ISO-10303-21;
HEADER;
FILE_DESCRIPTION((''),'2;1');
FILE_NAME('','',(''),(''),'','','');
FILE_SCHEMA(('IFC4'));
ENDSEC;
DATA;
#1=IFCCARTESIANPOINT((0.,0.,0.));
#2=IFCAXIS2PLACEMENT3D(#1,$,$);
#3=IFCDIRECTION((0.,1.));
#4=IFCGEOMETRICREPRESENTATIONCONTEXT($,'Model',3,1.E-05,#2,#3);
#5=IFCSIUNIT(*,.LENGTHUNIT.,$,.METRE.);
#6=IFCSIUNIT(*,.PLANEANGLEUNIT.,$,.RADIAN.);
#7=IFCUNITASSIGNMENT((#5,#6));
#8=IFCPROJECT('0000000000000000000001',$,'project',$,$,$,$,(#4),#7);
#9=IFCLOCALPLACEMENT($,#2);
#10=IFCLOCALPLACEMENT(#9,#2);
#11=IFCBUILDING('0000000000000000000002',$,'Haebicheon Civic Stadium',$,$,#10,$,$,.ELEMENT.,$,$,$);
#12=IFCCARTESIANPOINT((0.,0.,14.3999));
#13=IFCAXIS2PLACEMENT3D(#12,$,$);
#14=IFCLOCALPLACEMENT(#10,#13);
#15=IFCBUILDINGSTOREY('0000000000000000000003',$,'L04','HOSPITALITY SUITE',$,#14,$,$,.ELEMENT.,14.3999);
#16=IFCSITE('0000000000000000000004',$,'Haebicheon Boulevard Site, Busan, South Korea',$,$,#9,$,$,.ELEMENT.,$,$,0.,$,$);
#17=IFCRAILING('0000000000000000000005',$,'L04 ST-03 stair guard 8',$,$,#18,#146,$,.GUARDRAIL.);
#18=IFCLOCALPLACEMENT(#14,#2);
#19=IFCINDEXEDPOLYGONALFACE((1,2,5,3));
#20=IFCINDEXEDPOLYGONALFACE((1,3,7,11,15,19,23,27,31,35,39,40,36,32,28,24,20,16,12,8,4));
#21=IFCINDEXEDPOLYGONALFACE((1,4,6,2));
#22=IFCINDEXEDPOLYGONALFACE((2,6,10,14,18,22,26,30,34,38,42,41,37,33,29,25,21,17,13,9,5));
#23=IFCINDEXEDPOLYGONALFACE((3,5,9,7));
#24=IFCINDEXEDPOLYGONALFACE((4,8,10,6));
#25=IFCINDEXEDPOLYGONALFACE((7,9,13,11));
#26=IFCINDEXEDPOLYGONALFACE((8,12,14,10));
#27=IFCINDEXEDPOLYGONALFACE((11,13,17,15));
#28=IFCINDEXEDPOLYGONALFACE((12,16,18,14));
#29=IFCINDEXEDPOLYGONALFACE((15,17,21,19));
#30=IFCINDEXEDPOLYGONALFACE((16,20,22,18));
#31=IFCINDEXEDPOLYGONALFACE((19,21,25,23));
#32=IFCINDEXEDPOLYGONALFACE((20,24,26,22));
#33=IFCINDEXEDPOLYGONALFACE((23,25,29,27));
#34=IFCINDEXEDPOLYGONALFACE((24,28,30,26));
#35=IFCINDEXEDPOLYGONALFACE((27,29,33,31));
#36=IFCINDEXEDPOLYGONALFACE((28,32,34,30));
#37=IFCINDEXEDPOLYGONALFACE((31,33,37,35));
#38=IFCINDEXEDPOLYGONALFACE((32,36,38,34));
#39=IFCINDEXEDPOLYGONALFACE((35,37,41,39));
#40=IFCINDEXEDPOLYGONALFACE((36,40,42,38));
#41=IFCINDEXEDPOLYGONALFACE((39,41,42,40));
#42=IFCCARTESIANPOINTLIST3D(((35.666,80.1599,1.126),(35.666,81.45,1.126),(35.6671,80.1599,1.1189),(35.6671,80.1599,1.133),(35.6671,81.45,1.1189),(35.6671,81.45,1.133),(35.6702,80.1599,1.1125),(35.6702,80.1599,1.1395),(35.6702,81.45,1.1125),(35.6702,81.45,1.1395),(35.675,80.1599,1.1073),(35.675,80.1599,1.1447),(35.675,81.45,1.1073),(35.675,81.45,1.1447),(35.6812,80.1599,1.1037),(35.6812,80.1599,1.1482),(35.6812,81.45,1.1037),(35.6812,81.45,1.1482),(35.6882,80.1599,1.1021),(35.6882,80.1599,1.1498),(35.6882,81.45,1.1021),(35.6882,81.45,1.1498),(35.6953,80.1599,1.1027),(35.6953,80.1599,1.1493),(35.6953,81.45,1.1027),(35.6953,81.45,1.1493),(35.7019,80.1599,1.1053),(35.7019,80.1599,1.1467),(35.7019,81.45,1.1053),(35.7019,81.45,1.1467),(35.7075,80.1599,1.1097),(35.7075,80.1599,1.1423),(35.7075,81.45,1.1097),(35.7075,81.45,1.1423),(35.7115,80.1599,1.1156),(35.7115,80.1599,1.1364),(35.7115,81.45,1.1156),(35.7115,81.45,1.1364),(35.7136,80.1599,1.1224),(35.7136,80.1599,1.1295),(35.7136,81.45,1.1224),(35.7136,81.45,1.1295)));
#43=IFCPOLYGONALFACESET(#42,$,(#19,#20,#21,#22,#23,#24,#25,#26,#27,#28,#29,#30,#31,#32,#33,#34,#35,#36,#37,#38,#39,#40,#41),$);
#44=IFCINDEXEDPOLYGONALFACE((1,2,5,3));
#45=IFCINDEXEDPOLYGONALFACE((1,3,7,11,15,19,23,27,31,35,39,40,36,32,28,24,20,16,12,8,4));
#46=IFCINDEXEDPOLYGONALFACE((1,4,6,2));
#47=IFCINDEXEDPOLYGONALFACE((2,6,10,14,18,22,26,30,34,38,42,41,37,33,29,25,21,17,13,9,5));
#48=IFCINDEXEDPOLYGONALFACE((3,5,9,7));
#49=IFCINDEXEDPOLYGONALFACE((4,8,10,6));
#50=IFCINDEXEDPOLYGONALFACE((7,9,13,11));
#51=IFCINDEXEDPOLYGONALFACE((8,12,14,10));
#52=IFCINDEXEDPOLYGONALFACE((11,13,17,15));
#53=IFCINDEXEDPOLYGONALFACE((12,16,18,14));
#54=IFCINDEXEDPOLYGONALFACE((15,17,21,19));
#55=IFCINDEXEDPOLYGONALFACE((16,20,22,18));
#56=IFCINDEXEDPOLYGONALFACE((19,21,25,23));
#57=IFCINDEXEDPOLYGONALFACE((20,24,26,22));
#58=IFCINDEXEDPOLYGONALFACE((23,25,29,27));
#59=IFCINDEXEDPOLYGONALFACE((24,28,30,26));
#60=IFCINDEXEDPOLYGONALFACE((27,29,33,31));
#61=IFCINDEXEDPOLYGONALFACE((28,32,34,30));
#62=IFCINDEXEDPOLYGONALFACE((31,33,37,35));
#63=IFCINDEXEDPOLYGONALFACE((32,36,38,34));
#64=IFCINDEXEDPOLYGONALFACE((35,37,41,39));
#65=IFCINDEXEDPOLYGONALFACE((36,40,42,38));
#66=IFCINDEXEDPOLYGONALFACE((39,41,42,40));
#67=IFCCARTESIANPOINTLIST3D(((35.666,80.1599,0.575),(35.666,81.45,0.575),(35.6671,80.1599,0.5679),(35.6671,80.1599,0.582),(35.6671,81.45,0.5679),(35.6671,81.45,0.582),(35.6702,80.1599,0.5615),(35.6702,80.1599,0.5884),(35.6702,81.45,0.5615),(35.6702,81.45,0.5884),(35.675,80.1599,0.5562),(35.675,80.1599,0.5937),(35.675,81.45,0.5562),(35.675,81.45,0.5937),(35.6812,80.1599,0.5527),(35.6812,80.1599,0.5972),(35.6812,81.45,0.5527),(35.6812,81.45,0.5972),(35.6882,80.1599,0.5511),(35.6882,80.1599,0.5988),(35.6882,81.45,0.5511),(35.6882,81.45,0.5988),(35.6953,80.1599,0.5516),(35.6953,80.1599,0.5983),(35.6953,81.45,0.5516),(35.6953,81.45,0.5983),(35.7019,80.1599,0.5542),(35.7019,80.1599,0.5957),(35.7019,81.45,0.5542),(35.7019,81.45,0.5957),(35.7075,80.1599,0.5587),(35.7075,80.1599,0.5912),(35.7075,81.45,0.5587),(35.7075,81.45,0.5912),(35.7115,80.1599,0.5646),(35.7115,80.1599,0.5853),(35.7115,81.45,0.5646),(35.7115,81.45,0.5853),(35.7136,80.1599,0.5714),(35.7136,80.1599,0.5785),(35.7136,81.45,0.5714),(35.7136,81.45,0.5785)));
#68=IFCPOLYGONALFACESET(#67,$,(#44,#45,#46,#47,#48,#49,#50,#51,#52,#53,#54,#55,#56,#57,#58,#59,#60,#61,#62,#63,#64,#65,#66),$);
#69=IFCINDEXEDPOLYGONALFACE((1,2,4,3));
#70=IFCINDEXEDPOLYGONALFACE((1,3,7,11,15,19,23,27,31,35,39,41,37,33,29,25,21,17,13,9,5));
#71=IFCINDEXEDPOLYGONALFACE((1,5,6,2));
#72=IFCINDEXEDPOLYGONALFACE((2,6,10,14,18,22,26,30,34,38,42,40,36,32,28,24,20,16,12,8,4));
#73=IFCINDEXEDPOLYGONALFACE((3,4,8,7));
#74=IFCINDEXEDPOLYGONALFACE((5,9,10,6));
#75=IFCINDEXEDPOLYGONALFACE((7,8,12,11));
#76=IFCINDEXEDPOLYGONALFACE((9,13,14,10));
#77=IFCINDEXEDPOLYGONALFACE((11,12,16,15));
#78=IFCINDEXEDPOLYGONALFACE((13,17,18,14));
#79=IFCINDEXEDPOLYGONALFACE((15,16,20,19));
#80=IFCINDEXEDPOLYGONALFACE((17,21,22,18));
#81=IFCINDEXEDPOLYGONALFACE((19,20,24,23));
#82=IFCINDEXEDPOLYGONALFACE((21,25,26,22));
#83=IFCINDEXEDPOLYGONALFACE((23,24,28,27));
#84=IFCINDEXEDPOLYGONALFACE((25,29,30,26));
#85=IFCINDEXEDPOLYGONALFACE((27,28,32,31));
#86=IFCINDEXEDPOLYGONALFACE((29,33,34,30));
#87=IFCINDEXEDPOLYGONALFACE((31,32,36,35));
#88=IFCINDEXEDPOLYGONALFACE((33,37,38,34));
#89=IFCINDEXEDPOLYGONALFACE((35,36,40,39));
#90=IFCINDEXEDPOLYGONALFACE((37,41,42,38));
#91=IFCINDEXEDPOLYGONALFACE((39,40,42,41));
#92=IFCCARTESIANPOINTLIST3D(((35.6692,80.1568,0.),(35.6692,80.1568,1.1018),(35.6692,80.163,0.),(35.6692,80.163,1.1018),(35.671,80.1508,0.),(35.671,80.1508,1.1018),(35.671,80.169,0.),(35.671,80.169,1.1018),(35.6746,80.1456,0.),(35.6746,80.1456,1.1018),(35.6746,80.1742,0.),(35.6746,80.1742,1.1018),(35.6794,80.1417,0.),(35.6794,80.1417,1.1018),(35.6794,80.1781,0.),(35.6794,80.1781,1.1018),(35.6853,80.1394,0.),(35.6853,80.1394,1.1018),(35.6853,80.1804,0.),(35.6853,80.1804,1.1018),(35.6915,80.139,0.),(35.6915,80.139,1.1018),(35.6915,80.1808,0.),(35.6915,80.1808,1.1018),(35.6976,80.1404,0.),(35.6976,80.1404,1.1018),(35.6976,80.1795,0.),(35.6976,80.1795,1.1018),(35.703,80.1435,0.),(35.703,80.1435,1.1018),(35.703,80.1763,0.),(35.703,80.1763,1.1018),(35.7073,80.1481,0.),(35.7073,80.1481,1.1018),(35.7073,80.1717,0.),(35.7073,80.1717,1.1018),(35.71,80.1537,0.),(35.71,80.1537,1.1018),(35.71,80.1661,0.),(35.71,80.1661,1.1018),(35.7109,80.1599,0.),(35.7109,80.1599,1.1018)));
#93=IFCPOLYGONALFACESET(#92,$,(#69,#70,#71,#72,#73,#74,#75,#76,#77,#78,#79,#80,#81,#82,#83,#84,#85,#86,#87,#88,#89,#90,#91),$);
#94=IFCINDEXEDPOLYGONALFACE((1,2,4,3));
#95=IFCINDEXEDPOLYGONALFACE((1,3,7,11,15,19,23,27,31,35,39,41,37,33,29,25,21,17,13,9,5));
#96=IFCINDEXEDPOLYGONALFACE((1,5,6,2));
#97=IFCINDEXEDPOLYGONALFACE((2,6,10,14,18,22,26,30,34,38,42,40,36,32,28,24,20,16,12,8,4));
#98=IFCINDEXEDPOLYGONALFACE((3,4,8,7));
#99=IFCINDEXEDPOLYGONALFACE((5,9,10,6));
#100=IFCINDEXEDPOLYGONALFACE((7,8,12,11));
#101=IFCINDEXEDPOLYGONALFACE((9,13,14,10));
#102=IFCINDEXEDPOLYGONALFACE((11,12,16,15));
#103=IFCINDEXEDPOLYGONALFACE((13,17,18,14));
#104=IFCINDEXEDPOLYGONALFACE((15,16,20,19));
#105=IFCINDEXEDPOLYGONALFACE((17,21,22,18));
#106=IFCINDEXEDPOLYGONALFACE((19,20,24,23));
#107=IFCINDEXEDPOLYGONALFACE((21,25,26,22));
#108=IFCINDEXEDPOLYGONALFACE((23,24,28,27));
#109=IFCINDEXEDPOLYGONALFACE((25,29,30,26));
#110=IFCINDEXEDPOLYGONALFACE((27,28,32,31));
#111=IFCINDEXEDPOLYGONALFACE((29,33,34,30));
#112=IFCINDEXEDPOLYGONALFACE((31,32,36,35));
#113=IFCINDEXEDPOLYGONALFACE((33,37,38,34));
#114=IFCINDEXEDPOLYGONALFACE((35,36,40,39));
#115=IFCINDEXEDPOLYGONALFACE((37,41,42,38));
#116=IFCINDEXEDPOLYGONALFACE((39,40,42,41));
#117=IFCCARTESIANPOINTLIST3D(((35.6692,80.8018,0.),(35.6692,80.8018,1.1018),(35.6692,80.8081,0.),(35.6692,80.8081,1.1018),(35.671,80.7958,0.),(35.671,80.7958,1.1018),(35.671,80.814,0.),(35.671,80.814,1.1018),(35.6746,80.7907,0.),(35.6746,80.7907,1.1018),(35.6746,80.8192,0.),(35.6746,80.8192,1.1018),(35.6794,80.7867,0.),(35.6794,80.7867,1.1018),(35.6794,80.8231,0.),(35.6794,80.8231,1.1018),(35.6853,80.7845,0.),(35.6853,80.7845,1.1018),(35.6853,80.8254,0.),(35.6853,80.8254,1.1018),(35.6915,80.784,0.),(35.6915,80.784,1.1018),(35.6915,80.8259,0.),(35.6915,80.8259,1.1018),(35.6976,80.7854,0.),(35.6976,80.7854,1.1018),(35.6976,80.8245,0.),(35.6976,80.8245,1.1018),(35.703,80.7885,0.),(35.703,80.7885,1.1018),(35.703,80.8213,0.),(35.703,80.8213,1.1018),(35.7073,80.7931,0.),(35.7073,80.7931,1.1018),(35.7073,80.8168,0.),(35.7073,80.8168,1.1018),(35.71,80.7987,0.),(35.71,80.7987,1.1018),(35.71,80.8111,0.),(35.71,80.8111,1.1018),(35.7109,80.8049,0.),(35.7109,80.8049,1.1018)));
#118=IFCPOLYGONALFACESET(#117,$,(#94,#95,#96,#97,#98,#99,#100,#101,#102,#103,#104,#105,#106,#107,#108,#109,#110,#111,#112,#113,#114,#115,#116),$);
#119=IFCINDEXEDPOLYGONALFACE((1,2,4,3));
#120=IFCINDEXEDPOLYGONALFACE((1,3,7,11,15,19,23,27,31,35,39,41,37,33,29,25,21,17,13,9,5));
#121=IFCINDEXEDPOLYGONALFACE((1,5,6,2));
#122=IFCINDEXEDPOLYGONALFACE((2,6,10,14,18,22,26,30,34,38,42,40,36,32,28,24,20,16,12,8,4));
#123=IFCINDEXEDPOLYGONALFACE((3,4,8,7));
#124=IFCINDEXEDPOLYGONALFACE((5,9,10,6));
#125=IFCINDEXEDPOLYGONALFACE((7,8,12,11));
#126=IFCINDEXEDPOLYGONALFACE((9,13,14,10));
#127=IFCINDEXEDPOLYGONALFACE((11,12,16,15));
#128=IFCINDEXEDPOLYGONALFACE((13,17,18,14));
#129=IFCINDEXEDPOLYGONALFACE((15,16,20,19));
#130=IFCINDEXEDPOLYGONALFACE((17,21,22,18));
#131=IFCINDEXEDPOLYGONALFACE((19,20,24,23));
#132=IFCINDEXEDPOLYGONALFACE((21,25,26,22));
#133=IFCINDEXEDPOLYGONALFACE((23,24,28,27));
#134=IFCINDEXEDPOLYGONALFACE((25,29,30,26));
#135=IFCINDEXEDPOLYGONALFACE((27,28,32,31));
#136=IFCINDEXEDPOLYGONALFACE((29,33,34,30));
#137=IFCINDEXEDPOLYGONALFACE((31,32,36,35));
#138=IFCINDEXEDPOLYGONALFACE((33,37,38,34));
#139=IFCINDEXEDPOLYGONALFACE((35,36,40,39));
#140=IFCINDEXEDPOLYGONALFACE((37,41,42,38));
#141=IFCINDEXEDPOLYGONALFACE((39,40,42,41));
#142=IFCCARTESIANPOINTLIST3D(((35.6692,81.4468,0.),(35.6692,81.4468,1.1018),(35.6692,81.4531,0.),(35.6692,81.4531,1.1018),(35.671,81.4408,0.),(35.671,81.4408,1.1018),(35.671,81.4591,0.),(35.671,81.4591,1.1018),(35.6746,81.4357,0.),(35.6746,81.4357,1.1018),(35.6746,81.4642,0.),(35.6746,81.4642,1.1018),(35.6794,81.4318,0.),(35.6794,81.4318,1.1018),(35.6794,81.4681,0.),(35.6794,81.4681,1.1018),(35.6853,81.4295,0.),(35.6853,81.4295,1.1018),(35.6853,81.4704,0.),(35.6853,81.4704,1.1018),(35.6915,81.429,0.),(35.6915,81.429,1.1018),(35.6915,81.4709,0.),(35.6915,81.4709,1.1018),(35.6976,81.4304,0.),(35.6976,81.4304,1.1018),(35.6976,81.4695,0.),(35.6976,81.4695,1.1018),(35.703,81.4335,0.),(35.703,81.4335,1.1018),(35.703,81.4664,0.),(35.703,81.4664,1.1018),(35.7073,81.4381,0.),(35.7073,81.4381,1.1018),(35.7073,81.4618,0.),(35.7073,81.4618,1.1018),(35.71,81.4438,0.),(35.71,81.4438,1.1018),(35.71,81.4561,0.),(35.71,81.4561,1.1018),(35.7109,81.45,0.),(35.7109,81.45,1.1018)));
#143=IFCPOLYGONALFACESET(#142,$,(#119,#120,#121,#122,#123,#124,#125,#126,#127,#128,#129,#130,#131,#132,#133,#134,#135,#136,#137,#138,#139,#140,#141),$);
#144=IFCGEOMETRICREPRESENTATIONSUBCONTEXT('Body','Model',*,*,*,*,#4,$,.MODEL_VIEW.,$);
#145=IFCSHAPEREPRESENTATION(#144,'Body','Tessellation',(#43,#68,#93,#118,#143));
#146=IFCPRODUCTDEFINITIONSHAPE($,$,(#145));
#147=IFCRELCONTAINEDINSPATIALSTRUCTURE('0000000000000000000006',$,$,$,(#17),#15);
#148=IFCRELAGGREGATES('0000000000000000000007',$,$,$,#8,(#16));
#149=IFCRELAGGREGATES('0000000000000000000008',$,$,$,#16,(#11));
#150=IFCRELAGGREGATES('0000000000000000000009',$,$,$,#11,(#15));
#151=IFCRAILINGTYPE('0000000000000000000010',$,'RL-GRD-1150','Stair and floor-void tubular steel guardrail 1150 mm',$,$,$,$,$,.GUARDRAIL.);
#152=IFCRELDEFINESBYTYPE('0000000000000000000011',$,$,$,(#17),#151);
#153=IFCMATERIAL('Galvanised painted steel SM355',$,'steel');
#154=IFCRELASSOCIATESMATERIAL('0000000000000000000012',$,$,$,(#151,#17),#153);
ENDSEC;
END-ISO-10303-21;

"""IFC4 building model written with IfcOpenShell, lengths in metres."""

from ifc_helpers import new_model, si_unit, direction, frame, origin, origin_2d, place, context, subcontext, project, spatial, circle, extrude, material, type_object, element, save


model = new_model("IFC4")

# Units and contexts
model_context = context("Model", 3, precision=1e-05, world=origin(), true_north=direction((0.0, 1.0)))
body_context = subcontext(model_context, "Body", "Model", "MODEL_VIEW")
ifc_project = project(units=[si_unit("LENGTHUNIT", "METRE"), si_unit("PLANEANGLEUNIT", "RADIAN")], contexts=[model_context])

# Site, building, storey
site_placement = place(None, origin())
site = spatial("IfcSite", under=ifc_project, at=site_placement, Name="Haebicheon Boulevard Site, Busan, South Korea", CompositionType="ELEMENT", RefElevation=0.0)
building_placement = place(site_placement, origin())
building = spatial("IfcBuilding", under=site, at=building_placement, Name="Haebicheon Civic Stadium", CompositionType="ELEMENT")
storey_placement = place(building_placement, frame((0.0, 0.0, 14.3999)))
storey = spatial("IfcBuildingStorey", under=building, at=storey_placement, Name="L04", Description="HOSPITALITY SUITE", CompositionType="ELEMENT", Elevation=14.3999)

# Railing
ifc_material_1 = material(Name="Galvanised painted steel SM355", Category="steel")
railing_type_1 = type_object("IfcRailingType", Name="RL-GRD-1150", Description="Stair and floor-void tubular steel guardrail 1150 mm", PredefinedType="GUARDRAIL", material=ifc_material_1)
railing_1_placement = place(storey_placement, frame((35.6899, 80.1599, 0.0)))
element("IfcRailing", 1, at=railing_1_placement, inside=storey, type_object=railing_type_1, material=ifc_material_1, Name="L04 ST-03 stair guard 8", PredefinedType="GUARDRAIL", context=body_context, shape_type="SweptSolid", body=[
    extrude(circle(Radius=0.0239, at=origin_2d()), frame((0.0, 0.0, 1.126), z_axis=(0.0, 1.0, 0.0), x_axis=(-1.0, 0.0, 0.0)), (0.0, 0.0, 1.0), 1.29),
    extrude(circle(Radius=0.0239, at=origin_2d()), frame((0.0, 0.0, 0.575), z_axis=(0.0, 1.0, 0.0), x_axis=(-1.0, 0.0, 0.0)), (0.0, 0.0, 1.0), 1.29),
    extrude(circle(Radius=0.021, at=origin_2d()), origin(), (0.0, 0.0, 1.0), 1.1018),
    extrude(circle(Radius=0.021, at=origin_2d()), frame((0.0, 0.645, 0.0)), (0.0, 0.0, 1.0), 1.1018),
    extrude(circle(Radius=0.021, at=origin_2d()), frame((0.0, 1.29, 0.0)), (0.0, 0.0, 1.0), 1.1018),
])

save(model, "model.ifc")
